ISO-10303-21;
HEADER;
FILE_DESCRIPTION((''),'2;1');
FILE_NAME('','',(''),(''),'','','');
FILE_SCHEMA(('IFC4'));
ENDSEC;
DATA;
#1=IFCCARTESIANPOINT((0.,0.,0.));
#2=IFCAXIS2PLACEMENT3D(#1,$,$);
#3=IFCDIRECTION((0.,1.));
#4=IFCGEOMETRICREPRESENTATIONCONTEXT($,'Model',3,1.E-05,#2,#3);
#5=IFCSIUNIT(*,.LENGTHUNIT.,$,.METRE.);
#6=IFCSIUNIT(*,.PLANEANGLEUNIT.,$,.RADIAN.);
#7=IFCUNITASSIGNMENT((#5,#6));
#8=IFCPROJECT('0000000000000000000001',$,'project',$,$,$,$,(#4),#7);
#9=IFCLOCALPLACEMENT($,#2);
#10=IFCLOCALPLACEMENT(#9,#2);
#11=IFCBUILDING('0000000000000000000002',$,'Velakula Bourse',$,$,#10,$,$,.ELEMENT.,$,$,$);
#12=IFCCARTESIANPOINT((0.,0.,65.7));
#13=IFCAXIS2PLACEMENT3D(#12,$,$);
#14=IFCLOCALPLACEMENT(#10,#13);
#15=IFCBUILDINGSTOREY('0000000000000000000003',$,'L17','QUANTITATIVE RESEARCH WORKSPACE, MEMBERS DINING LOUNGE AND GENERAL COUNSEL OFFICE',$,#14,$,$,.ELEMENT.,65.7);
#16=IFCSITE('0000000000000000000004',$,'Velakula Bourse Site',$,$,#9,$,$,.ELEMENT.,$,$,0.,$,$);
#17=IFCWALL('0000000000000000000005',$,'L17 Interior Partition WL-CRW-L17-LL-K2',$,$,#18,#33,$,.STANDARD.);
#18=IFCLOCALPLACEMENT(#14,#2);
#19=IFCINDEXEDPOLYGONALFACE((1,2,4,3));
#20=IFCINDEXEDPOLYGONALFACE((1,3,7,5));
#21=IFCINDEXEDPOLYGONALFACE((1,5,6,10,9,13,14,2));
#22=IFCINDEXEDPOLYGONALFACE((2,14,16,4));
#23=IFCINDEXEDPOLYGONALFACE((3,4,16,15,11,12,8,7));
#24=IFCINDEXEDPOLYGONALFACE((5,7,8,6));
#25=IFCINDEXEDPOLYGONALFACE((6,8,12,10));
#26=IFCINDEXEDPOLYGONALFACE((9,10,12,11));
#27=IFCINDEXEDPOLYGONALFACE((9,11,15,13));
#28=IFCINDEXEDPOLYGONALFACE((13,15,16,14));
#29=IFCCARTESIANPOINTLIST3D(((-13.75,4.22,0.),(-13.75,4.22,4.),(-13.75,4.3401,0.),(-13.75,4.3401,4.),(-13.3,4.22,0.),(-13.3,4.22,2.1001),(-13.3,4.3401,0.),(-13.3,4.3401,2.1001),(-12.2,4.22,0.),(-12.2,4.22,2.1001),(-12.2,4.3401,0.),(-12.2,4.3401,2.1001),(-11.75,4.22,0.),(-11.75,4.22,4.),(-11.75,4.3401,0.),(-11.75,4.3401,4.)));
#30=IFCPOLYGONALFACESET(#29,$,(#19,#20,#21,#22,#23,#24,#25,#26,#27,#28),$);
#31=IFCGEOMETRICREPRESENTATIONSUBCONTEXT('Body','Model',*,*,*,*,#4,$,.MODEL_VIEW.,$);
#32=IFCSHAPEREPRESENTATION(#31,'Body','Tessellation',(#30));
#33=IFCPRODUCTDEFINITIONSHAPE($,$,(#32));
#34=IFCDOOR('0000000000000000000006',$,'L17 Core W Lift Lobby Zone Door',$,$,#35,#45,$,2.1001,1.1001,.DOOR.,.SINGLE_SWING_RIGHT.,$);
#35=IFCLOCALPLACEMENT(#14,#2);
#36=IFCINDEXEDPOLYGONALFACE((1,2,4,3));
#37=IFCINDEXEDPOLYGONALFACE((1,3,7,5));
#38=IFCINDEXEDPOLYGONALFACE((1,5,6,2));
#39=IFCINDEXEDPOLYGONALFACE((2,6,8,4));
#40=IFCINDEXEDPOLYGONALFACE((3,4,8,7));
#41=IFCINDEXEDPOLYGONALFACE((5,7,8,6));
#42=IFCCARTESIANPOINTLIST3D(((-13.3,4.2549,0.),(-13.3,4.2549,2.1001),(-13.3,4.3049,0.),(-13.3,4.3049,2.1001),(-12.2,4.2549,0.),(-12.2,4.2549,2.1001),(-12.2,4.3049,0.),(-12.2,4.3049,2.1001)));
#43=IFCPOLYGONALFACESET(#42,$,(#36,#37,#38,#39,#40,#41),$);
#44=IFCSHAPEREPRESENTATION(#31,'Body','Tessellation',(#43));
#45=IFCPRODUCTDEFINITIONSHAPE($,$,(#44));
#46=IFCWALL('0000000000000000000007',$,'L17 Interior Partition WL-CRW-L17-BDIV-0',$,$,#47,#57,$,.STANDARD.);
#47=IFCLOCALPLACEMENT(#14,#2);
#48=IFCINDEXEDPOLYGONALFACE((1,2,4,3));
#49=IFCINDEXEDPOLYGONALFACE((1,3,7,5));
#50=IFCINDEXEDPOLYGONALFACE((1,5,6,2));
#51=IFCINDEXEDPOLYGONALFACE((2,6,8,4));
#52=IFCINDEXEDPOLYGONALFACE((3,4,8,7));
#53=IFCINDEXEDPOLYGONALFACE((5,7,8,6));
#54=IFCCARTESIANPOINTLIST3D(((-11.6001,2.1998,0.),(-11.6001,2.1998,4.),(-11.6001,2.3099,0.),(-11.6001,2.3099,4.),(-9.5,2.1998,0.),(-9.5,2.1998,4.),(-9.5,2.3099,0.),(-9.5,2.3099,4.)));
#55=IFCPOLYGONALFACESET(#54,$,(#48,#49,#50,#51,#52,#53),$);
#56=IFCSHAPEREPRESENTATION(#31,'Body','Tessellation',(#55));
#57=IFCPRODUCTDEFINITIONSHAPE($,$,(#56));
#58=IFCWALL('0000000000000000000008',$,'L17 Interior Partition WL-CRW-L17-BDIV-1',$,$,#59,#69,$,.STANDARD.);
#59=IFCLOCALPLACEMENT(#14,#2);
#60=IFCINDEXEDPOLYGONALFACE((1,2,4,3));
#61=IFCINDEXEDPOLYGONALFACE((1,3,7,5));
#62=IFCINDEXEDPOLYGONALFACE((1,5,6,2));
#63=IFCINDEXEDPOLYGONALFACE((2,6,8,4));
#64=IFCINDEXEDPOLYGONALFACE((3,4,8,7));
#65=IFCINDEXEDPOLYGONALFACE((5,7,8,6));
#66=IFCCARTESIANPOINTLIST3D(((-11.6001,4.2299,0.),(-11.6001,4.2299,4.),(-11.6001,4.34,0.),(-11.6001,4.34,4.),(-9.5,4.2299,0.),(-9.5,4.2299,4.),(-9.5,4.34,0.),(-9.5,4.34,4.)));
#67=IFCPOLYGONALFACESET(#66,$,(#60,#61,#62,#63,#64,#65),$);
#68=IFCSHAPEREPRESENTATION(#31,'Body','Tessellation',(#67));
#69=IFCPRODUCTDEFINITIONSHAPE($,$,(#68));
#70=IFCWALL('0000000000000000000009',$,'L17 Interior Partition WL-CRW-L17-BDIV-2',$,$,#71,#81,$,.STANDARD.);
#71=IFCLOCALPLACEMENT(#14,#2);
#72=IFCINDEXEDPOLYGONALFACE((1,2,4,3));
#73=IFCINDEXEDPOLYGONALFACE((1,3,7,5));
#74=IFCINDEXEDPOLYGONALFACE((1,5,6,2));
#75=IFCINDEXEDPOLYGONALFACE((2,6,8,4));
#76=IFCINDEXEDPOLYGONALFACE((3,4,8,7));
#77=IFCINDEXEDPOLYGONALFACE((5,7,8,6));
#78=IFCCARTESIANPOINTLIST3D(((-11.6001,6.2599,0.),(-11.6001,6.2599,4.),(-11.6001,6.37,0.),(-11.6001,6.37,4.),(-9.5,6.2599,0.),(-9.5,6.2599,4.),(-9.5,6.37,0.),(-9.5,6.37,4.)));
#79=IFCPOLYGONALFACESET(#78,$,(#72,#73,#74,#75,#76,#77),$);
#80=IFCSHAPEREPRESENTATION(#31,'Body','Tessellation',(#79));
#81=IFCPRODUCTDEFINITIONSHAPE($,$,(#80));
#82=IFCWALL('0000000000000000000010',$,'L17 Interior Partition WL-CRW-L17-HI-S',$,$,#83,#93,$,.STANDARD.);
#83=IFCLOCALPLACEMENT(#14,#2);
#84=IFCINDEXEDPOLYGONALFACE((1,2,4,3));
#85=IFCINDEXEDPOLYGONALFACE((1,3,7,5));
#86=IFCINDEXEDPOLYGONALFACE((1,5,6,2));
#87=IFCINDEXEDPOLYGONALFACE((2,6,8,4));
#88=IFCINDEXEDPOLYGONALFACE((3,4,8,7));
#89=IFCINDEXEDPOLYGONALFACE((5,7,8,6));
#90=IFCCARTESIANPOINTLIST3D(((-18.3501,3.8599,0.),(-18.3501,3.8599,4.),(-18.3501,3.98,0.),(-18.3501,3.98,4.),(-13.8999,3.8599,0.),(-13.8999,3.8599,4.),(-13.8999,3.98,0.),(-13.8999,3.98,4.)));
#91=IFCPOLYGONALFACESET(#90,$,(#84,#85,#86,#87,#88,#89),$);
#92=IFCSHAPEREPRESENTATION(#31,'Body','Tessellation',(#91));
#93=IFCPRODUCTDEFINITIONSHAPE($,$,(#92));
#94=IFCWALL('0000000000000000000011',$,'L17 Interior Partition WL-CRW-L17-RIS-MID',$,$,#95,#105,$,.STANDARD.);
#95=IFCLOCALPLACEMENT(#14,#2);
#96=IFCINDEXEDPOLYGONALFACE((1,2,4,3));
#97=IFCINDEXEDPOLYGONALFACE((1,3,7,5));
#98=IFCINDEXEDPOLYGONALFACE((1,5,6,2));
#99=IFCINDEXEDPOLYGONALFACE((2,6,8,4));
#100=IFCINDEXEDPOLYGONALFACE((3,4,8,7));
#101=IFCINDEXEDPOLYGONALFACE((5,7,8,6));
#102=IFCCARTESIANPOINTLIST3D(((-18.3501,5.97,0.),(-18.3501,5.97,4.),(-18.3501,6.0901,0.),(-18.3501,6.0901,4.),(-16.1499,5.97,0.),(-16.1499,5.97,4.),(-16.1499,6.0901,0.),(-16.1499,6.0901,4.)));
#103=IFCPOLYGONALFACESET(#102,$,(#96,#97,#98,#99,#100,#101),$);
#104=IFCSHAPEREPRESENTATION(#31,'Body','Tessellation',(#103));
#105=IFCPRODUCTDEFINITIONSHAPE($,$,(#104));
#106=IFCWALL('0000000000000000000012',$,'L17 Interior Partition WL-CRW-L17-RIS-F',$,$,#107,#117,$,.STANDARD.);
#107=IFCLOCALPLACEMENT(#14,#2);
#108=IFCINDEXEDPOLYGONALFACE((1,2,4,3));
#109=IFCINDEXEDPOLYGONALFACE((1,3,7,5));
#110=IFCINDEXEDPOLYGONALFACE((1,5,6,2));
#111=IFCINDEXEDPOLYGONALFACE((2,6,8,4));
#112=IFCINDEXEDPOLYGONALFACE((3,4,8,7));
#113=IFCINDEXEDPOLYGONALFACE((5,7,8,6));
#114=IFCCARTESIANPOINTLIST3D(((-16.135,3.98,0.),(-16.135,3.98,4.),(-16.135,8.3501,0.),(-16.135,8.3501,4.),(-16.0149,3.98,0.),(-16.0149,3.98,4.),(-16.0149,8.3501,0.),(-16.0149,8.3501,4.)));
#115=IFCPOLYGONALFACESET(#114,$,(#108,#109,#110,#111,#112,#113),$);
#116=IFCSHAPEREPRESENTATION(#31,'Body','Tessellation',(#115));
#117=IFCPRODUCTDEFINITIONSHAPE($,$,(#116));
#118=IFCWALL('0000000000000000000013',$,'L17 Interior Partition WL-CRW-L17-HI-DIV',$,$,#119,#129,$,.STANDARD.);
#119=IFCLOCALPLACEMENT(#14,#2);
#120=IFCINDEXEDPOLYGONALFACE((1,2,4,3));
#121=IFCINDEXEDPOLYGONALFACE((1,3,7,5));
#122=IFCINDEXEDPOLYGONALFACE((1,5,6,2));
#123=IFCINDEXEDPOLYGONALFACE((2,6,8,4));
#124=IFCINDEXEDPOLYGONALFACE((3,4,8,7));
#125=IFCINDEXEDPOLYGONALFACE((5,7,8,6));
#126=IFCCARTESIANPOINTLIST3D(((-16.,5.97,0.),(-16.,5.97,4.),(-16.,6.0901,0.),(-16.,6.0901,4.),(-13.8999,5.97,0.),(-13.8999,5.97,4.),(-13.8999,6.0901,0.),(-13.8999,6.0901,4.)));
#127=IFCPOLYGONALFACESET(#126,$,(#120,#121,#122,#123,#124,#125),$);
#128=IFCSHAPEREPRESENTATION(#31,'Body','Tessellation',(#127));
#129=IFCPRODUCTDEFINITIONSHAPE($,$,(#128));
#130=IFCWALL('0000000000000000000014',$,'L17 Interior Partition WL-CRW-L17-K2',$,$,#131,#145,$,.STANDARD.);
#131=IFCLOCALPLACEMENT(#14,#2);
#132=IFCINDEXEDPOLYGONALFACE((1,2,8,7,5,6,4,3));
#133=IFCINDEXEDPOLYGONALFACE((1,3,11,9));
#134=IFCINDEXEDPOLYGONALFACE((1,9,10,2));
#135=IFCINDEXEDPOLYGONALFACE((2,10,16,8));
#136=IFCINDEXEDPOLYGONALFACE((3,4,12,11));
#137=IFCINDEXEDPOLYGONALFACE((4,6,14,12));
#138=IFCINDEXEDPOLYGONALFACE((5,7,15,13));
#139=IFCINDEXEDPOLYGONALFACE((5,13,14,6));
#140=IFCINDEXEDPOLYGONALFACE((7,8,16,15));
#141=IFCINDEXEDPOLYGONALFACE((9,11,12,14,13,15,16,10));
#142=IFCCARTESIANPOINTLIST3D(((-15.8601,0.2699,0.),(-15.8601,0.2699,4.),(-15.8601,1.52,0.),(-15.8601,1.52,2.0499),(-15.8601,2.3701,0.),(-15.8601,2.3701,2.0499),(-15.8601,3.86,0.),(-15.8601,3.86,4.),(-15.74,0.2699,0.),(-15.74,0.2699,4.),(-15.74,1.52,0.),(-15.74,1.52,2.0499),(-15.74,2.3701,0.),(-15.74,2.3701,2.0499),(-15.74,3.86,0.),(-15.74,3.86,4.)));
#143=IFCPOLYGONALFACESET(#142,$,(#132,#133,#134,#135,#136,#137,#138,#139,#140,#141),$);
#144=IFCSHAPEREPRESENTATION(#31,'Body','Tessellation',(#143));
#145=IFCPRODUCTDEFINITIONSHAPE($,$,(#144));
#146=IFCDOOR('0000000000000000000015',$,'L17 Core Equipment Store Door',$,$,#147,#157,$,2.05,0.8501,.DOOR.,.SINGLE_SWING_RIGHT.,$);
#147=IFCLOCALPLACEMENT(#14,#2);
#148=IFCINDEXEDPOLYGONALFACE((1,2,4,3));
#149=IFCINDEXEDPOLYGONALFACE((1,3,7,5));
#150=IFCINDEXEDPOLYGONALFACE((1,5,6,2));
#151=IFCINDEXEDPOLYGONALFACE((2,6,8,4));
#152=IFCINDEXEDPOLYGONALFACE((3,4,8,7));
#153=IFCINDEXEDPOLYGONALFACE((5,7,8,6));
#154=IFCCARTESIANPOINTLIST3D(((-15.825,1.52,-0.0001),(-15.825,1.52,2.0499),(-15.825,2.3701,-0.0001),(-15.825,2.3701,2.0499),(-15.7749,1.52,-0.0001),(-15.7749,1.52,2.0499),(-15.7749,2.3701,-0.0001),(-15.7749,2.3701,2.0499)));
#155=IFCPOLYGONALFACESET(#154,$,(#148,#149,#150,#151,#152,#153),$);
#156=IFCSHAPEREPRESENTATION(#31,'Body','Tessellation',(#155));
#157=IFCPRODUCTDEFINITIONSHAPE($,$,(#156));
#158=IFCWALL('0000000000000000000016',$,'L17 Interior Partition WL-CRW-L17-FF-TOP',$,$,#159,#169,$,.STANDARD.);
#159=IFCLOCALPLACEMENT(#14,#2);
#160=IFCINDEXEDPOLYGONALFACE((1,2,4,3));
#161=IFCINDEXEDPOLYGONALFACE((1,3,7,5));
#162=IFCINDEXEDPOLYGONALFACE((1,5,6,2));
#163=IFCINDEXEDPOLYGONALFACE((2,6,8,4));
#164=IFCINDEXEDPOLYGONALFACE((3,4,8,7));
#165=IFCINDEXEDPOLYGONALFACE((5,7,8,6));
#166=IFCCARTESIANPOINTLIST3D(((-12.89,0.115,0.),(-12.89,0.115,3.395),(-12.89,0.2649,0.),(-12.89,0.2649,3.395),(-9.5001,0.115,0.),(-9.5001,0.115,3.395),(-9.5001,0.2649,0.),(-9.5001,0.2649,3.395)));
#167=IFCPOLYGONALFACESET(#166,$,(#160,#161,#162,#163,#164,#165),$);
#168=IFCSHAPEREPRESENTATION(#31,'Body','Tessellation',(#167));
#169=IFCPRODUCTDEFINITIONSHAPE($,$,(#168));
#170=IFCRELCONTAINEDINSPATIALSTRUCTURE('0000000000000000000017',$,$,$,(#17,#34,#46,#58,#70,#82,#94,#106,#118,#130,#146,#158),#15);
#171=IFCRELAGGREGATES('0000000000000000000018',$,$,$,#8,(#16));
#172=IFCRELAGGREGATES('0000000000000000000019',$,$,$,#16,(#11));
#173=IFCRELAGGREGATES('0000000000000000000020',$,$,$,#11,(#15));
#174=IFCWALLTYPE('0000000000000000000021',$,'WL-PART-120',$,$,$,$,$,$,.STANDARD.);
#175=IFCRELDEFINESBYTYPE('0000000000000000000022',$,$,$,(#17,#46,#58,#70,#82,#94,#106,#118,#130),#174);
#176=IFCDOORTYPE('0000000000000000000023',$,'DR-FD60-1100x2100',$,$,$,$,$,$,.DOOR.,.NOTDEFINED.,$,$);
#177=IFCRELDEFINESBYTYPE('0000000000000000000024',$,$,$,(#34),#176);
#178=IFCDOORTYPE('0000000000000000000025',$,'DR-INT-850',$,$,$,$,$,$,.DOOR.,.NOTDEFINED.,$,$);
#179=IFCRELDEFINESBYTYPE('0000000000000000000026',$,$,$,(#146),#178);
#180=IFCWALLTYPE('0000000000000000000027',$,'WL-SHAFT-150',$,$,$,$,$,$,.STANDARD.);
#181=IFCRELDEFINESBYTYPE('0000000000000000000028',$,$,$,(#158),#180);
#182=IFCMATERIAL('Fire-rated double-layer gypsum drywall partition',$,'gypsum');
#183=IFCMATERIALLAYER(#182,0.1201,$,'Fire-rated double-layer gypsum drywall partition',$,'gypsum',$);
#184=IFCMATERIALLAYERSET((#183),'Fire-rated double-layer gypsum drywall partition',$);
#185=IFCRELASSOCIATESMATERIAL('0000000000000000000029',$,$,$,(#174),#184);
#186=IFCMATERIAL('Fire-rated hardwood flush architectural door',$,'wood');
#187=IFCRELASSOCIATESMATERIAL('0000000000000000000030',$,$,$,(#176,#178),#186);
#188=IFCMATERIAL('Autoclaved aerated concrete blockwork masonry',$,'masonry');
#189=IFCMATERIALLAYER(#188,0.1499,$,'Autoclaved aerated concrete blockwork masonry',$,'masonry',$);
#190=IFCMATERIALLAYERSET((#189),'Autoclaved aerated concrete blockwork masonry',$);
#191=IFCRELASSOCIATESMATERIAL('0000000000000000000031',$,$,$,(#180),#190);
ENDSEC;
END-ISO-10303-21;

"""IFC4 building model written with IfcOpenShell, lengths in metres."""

from ifc_helpers import new_model, si_unit, direction, frame, frame_2d, origin, place, context, subcontext, project, spatial, rectangle, extrude, material, layer, layer_set, type_object, element, fill, save


model = new_model("IFC4")

# Units and contexts
model_context = context("Model", 3, precision=1e-05, world=origin(), true_north=direction((0.0, 1.0)))
body_context = subcontext(model_context, "Body", "Model", "MODEL_VIEW")
ifc_project = project(units=[si_unit("LENGTHUNIT", "METRE"), si_unit("PLANEANGLEUNIT", "RADIAN")], contexts=[model_context])

# Site, building, storey
site_placement = place(None, origin())
site = spatial("IfcSite", under=ifc_project, at=site_placement, Name="Velakula Bourse Site", CompositionType="ELEMENT", RefElevation=0.0)
building_placement = place(site_placement, origin())
building = spatial("IfcBuilding", under=site, at=building_placement, Name="Velakula Bourse", CompositionType="ELEMENT")
storey_placement = place(building_placement, frame((0.0, 0.0, 65.7)))
storey = spatial("IfcBuildingStorey", under=building, at=storey_placement, Name="L17", Description="QUANTITATIVE RESEARCH WORKSPACE, MEMBERS DINING LOUNGE AND GENERAL COUNSEL OFFICE", CompositionType="ELEMENT", Elevation=65.7)

# Wall, opening, door
ifc_material_1 = material(Name="Fire-rated double-layer gypsum drywall partition", Category="gypsum")
ifc_layer_1 = layer(ifc_material_1, 0.1201, Name="Fire-rated double-layer gypsum drywall partition", Category="gypsum")
ifc_layer_set_1 = layer_set([ifc_layer_1], Name="Fire-rated double-layer gypsum drywall partition")
wall_type_1 = type_object("IfcWallType", Name="WL-PART-120", PredefinedType="STANDARD", material=ifc_layer_set_1)
wall_1_placement = place(storey_placement, frame((-13.75, 4.28, 0.0), z_axis=(0.0, 0.0, 1.0), x_axis=(1.0, 0.0, 0.0)))
wall_1 = element("IfcWall", 1, at=wall_1_placement, inside=storey, type_object=wall_type_1, Name="L17 Interior Partition WL-CRW-L17-LL-K2", PredefinedType="STANDARD", context=body_context, shape_type="SweptSolid", body=[
    extrude(rectangle(XDim=2.0, YDim=0.1201, at=frame_2d((1.0, 0.0))), origin(), (0.0, 0.0, 1.0), 4.0),
])
opening_1_placement = place(wall_1_placement, frame((0.45, 0.0, 0.0)))
opening_1 = element("IfcOpeningElement", 2, at=opening_1_placement, cuts=wall_1, PredefinedType="OPENING", context=body_context, shape_type="SweptSolid", body=[
    extrude(rectangle(XDim=1.1001, YDim=2.1001, at=frame_2d((0.55, 1.05))), frame((0.0, 0.0701, 0.0), z_axis=(0.0, -1.0, 0.0), x_axis=(1.0, 0.0, 0.0)), (0.0, 0.0, 1.0), 0.1401),
])
ifc_material_2 = material(Name="Fire-rated hardwood flush architectural door", Category="wood")
door_type_1 = type_object("IfcDoorType", Name="DR-FD60-1100x2100", OperationType="NOTDEFINED", PredefinedType="DOOR", material=ifc_material_2)
door_1_placement = place(opening_1_placement, origin())
door_1 = element("IfcDoor", 3, at=door_1_placement, inside=storey, type_object=door_type_1, Name="L17 Core W Lift Lobby Zone Door", OperationType="SINGLE_SWING_RIGHT", OverallHeight=2.1001, OverallWidth=1.1001, PredefinedType="DOOR", context=body_context, shape_type="SweptSolid", body=[
    extrude(rectangle(XDim=1.1001, YDim=2.1001, at=frame_2d((0.55, 1.05))), frame((0.0, 0.0249, 0.0), z_axis=(0.0, -1.0, 0.0), x_axis=(1.0, 0.0, 0.0)), (0.0, 0.0, 1.0), 0.05),
])
fill(opening_1, door_1)

# Walls
for number, where, z_axis, x_axis, name in (
    (4, (-11.6001, 2.2549, 0.0), (0.0, 0.0, 1.0), (1.0, 0.0, 0.0), "L17 Interior Partition WL-CRW-L17-BDIV-0"),
    (5, (-11.6001, 4.2849, 0.0), (0.0, 0.0, 1.0), (1.0, 0.0, 0.0), "L17 Interior Partition WL-CRW-L17-BDIV-1"),
    (6, (-11.6001, 6.3149, 0.0), (0.0, 0.0, 1.0), (1.0, 0.0, 0.0), "L17 Interior Partition WL-CRW-L17-BDIV-2"),
):
    element("IfcWall", number, at=place(storey_placement, frame(where, z_axis=z_axis, x_axis=x_axis)), inside=storey, type_object=wall_type_1, Name=name, PredefinedType="STANDARD", context=body_context, shape_type="SweptSolid", body=[
        extrude(rectangle(XDim=2.1001, YDim=0.1101, at=frame_2d((1.05, 0.0))), origin(), (0.0, 0.0, 1.0), 4.0),
    ])
wall_2_placement = place(storey_placement, frame((-18.3501, 3.9199, 0.0), z_axis=(0.0, 0.0, 1.0), x_axis=(1.0, 0.0, 0.0)))
element("IfcWall", 7, at=wall_2_placement, inside=storey, type_object=wall_type_1, Name="L17 Interior Partition WL-CRW-L17-HI-S", PredefinedType="STANDARD", context=body_context, shape_type="SweptSolid", body=[
    extrude(rectangle(XDim=4.4502, YDim=0.1201, at=frame_2d((2.2251, 0.0))), origin(), (0.0, 0.0, 1.0), 4.0),
])
wall_3_placement = place(storey_placement, frame((-18.3501, 6.03, 0.0), z_axis=(0.0, 0.0, 1.0), x_axis=(1.0, 0.0, 0.0)))
element("IfcWall", 8, at=wall_3_placement, inside=storey, type_object=wall_type_1, Name="L17 Interior Partition WL-CRW-L17-RIS-MID", PredefinedType="STANDARD", context=body_context, shape_type="SweptSolid", body=[
    extrude(rectangle(XDim=2.2002, YDim=0.1201, at=frame_2d((1.1001, 0.0))), origin(), (0.0, 0.0, 1.0), 4.0),
])
wall_4_placement = place(storey_placement, frame((-16.075, 3.98, 0.0), z_axis=(0.0, 0.0, 1.0), x_axis=(0.0, 1.0, 0.0)))
element("IfcWall", 9, at=wall_4_placement, inside=storey, type_object=wall_type_1, Name="L17 Interior Partition WL-CRW-L17-RIS-F", PredefinedType="STANDARD", context=body_context, shape_type="SweptSolid", body=[
    extrude(rectangle(XDim=4.3701, YDim=0.1201, at=frame_2d((2.1851, 0.0))), origin(), (0.0, 0.0, 1.0), 4.0),
])
wall_5_placement = place(storey_placement, frame((-16.0, 6.03, 0.0), z_axis=(0.0, 0.0, 1.0), x_axis=(1.0, 0.0, 0.0)))
element("IfcWall", 10, at=wall_5_placement, inside=storey, type_object=wall_type_1, Name="L17 Interior Partition WL-CRW-L17-HI-DIV", PredefinedType="STANDARD", context=body_context, shape_type="SweptSolid", body=[
    extrude(rectangle(XDim=2.1001, YDim=0.1201, at=frame_2d((1.05, 0.0))), origin(), (0.0, 0.0, 1.0), 4.0),
])

# Wall, opening, door
wall_6_placement = place(storey_placement, frame((-15.8, 0.27, 0.0), z_axis=(0.0, 0.0, 1.0), x_axis=(0.0, 1.0, 0.0)))
wall_6 = element("IfcWall", 11, at=wall_6_placement, inside=storey, type_object=wall_type_1, Name="L17 Interior Partition WL-CRW-L17-K2", PredefinedType="STANDARD", context=body_context, shape_type="SweptSolid", body=[
    extrude(rectangle(XDim=3.5901, YDim=0.1201, at=frame_2d((1.7949, 0.0))), origin(), (0.0, 0.0, 1.0), 4.0),
])
opening_2_placement = place(wall_6_placement, frame((1.25, 0.0, 0.0)))
opening_2 = element("IfcOpeningElement", 12, at=opening_2_placement, cuts=wall_6, PredefinedType="OPENING", context=body_context, shape_type="SweptSolid", body=[
    extrude(rectangle(XDim=0.8501, YDim=2.05, at=frame_2d((0.425, 1.0249))), frame((0.0, 0.0701, 0.0), z_axis=(0.0, -1.0, 0.0), x_axis=(1.0, 0.0, 0.0)), (0.0, 0.0, 1.0), 0.1401),
])
door_type_2 = type_object("IfcDoorType", Name="DR-INT-850", OperationType="NOTDEFINED", PredefinedType="DOOR", material=ifc_material_2)
door_2_placement = place(opening_2_placement, origin())
door_2 = element("IfcDoor", 13, at=door_2_placement, inside=storey, type_object=door_type_2, Name="L17 Core Equipment Store Door", OperationType="SINGLE_SWING_RIGHT", OverallHeight=2.05, OverallWidth=0.8501, PredefinedType="DOOR", context=body_context, shape_type="SweptSolid", body=[
    extrude(rectangle(XDim=0.8501, YDim=2.05, at=frame_2d((0.425, 1.0249))), frame((0.0, 0.0249, 0.0), z_axis=(0.0, -1.0, 0.0), x_axis=(1.0, 0.0, 0.0)), (0.0, 0.0, 1.0), 0.05),
])
fill(opening_2, door_2)

# Wall
ifc_material_3 = material(Name="Autoclaved aerated concrete blockwork masonry", Category="masonry")
ifc_layer_2 = layer(ifc_material_3, 0.1499, Name="Autoclaved aerated concrete blockwork masonry", Category="masonry")
ifc_layer_set_2 = layer_set([ifc_layer_2], Name="Autoclaved aerated concrete blockwork masonry")
wall_type_2 = type_object("IfcWallType", Name="WL-SHAFT-150", PredefinedType="STANDARD", material=ifc_layer_set_2)
wall_7_placement = place(storey_placement, frame((-12.8899, 0.1899, 0.0), z_axis=(0.0, 0.0, 1.0), x_axis=(1.0, 0.0, 0.0)))
element("IfcWall", 14, at=wall_7_placement, inside=storey, type_object=wall_type_2, Name="L17 Interior Partition WL-CRW-L17-FF-TOP", PredefinedType="STANDARD", context=body_context, shape_type="SweptSolid", body=[
    extrude(rectangle(XDim=3.3899, YDim=0.1499, at=frame_2d((1.6948, 0.0))), origin(), (0.0, 0.0, 1.0), 3.395),
])

save(model, "model.ifc")
